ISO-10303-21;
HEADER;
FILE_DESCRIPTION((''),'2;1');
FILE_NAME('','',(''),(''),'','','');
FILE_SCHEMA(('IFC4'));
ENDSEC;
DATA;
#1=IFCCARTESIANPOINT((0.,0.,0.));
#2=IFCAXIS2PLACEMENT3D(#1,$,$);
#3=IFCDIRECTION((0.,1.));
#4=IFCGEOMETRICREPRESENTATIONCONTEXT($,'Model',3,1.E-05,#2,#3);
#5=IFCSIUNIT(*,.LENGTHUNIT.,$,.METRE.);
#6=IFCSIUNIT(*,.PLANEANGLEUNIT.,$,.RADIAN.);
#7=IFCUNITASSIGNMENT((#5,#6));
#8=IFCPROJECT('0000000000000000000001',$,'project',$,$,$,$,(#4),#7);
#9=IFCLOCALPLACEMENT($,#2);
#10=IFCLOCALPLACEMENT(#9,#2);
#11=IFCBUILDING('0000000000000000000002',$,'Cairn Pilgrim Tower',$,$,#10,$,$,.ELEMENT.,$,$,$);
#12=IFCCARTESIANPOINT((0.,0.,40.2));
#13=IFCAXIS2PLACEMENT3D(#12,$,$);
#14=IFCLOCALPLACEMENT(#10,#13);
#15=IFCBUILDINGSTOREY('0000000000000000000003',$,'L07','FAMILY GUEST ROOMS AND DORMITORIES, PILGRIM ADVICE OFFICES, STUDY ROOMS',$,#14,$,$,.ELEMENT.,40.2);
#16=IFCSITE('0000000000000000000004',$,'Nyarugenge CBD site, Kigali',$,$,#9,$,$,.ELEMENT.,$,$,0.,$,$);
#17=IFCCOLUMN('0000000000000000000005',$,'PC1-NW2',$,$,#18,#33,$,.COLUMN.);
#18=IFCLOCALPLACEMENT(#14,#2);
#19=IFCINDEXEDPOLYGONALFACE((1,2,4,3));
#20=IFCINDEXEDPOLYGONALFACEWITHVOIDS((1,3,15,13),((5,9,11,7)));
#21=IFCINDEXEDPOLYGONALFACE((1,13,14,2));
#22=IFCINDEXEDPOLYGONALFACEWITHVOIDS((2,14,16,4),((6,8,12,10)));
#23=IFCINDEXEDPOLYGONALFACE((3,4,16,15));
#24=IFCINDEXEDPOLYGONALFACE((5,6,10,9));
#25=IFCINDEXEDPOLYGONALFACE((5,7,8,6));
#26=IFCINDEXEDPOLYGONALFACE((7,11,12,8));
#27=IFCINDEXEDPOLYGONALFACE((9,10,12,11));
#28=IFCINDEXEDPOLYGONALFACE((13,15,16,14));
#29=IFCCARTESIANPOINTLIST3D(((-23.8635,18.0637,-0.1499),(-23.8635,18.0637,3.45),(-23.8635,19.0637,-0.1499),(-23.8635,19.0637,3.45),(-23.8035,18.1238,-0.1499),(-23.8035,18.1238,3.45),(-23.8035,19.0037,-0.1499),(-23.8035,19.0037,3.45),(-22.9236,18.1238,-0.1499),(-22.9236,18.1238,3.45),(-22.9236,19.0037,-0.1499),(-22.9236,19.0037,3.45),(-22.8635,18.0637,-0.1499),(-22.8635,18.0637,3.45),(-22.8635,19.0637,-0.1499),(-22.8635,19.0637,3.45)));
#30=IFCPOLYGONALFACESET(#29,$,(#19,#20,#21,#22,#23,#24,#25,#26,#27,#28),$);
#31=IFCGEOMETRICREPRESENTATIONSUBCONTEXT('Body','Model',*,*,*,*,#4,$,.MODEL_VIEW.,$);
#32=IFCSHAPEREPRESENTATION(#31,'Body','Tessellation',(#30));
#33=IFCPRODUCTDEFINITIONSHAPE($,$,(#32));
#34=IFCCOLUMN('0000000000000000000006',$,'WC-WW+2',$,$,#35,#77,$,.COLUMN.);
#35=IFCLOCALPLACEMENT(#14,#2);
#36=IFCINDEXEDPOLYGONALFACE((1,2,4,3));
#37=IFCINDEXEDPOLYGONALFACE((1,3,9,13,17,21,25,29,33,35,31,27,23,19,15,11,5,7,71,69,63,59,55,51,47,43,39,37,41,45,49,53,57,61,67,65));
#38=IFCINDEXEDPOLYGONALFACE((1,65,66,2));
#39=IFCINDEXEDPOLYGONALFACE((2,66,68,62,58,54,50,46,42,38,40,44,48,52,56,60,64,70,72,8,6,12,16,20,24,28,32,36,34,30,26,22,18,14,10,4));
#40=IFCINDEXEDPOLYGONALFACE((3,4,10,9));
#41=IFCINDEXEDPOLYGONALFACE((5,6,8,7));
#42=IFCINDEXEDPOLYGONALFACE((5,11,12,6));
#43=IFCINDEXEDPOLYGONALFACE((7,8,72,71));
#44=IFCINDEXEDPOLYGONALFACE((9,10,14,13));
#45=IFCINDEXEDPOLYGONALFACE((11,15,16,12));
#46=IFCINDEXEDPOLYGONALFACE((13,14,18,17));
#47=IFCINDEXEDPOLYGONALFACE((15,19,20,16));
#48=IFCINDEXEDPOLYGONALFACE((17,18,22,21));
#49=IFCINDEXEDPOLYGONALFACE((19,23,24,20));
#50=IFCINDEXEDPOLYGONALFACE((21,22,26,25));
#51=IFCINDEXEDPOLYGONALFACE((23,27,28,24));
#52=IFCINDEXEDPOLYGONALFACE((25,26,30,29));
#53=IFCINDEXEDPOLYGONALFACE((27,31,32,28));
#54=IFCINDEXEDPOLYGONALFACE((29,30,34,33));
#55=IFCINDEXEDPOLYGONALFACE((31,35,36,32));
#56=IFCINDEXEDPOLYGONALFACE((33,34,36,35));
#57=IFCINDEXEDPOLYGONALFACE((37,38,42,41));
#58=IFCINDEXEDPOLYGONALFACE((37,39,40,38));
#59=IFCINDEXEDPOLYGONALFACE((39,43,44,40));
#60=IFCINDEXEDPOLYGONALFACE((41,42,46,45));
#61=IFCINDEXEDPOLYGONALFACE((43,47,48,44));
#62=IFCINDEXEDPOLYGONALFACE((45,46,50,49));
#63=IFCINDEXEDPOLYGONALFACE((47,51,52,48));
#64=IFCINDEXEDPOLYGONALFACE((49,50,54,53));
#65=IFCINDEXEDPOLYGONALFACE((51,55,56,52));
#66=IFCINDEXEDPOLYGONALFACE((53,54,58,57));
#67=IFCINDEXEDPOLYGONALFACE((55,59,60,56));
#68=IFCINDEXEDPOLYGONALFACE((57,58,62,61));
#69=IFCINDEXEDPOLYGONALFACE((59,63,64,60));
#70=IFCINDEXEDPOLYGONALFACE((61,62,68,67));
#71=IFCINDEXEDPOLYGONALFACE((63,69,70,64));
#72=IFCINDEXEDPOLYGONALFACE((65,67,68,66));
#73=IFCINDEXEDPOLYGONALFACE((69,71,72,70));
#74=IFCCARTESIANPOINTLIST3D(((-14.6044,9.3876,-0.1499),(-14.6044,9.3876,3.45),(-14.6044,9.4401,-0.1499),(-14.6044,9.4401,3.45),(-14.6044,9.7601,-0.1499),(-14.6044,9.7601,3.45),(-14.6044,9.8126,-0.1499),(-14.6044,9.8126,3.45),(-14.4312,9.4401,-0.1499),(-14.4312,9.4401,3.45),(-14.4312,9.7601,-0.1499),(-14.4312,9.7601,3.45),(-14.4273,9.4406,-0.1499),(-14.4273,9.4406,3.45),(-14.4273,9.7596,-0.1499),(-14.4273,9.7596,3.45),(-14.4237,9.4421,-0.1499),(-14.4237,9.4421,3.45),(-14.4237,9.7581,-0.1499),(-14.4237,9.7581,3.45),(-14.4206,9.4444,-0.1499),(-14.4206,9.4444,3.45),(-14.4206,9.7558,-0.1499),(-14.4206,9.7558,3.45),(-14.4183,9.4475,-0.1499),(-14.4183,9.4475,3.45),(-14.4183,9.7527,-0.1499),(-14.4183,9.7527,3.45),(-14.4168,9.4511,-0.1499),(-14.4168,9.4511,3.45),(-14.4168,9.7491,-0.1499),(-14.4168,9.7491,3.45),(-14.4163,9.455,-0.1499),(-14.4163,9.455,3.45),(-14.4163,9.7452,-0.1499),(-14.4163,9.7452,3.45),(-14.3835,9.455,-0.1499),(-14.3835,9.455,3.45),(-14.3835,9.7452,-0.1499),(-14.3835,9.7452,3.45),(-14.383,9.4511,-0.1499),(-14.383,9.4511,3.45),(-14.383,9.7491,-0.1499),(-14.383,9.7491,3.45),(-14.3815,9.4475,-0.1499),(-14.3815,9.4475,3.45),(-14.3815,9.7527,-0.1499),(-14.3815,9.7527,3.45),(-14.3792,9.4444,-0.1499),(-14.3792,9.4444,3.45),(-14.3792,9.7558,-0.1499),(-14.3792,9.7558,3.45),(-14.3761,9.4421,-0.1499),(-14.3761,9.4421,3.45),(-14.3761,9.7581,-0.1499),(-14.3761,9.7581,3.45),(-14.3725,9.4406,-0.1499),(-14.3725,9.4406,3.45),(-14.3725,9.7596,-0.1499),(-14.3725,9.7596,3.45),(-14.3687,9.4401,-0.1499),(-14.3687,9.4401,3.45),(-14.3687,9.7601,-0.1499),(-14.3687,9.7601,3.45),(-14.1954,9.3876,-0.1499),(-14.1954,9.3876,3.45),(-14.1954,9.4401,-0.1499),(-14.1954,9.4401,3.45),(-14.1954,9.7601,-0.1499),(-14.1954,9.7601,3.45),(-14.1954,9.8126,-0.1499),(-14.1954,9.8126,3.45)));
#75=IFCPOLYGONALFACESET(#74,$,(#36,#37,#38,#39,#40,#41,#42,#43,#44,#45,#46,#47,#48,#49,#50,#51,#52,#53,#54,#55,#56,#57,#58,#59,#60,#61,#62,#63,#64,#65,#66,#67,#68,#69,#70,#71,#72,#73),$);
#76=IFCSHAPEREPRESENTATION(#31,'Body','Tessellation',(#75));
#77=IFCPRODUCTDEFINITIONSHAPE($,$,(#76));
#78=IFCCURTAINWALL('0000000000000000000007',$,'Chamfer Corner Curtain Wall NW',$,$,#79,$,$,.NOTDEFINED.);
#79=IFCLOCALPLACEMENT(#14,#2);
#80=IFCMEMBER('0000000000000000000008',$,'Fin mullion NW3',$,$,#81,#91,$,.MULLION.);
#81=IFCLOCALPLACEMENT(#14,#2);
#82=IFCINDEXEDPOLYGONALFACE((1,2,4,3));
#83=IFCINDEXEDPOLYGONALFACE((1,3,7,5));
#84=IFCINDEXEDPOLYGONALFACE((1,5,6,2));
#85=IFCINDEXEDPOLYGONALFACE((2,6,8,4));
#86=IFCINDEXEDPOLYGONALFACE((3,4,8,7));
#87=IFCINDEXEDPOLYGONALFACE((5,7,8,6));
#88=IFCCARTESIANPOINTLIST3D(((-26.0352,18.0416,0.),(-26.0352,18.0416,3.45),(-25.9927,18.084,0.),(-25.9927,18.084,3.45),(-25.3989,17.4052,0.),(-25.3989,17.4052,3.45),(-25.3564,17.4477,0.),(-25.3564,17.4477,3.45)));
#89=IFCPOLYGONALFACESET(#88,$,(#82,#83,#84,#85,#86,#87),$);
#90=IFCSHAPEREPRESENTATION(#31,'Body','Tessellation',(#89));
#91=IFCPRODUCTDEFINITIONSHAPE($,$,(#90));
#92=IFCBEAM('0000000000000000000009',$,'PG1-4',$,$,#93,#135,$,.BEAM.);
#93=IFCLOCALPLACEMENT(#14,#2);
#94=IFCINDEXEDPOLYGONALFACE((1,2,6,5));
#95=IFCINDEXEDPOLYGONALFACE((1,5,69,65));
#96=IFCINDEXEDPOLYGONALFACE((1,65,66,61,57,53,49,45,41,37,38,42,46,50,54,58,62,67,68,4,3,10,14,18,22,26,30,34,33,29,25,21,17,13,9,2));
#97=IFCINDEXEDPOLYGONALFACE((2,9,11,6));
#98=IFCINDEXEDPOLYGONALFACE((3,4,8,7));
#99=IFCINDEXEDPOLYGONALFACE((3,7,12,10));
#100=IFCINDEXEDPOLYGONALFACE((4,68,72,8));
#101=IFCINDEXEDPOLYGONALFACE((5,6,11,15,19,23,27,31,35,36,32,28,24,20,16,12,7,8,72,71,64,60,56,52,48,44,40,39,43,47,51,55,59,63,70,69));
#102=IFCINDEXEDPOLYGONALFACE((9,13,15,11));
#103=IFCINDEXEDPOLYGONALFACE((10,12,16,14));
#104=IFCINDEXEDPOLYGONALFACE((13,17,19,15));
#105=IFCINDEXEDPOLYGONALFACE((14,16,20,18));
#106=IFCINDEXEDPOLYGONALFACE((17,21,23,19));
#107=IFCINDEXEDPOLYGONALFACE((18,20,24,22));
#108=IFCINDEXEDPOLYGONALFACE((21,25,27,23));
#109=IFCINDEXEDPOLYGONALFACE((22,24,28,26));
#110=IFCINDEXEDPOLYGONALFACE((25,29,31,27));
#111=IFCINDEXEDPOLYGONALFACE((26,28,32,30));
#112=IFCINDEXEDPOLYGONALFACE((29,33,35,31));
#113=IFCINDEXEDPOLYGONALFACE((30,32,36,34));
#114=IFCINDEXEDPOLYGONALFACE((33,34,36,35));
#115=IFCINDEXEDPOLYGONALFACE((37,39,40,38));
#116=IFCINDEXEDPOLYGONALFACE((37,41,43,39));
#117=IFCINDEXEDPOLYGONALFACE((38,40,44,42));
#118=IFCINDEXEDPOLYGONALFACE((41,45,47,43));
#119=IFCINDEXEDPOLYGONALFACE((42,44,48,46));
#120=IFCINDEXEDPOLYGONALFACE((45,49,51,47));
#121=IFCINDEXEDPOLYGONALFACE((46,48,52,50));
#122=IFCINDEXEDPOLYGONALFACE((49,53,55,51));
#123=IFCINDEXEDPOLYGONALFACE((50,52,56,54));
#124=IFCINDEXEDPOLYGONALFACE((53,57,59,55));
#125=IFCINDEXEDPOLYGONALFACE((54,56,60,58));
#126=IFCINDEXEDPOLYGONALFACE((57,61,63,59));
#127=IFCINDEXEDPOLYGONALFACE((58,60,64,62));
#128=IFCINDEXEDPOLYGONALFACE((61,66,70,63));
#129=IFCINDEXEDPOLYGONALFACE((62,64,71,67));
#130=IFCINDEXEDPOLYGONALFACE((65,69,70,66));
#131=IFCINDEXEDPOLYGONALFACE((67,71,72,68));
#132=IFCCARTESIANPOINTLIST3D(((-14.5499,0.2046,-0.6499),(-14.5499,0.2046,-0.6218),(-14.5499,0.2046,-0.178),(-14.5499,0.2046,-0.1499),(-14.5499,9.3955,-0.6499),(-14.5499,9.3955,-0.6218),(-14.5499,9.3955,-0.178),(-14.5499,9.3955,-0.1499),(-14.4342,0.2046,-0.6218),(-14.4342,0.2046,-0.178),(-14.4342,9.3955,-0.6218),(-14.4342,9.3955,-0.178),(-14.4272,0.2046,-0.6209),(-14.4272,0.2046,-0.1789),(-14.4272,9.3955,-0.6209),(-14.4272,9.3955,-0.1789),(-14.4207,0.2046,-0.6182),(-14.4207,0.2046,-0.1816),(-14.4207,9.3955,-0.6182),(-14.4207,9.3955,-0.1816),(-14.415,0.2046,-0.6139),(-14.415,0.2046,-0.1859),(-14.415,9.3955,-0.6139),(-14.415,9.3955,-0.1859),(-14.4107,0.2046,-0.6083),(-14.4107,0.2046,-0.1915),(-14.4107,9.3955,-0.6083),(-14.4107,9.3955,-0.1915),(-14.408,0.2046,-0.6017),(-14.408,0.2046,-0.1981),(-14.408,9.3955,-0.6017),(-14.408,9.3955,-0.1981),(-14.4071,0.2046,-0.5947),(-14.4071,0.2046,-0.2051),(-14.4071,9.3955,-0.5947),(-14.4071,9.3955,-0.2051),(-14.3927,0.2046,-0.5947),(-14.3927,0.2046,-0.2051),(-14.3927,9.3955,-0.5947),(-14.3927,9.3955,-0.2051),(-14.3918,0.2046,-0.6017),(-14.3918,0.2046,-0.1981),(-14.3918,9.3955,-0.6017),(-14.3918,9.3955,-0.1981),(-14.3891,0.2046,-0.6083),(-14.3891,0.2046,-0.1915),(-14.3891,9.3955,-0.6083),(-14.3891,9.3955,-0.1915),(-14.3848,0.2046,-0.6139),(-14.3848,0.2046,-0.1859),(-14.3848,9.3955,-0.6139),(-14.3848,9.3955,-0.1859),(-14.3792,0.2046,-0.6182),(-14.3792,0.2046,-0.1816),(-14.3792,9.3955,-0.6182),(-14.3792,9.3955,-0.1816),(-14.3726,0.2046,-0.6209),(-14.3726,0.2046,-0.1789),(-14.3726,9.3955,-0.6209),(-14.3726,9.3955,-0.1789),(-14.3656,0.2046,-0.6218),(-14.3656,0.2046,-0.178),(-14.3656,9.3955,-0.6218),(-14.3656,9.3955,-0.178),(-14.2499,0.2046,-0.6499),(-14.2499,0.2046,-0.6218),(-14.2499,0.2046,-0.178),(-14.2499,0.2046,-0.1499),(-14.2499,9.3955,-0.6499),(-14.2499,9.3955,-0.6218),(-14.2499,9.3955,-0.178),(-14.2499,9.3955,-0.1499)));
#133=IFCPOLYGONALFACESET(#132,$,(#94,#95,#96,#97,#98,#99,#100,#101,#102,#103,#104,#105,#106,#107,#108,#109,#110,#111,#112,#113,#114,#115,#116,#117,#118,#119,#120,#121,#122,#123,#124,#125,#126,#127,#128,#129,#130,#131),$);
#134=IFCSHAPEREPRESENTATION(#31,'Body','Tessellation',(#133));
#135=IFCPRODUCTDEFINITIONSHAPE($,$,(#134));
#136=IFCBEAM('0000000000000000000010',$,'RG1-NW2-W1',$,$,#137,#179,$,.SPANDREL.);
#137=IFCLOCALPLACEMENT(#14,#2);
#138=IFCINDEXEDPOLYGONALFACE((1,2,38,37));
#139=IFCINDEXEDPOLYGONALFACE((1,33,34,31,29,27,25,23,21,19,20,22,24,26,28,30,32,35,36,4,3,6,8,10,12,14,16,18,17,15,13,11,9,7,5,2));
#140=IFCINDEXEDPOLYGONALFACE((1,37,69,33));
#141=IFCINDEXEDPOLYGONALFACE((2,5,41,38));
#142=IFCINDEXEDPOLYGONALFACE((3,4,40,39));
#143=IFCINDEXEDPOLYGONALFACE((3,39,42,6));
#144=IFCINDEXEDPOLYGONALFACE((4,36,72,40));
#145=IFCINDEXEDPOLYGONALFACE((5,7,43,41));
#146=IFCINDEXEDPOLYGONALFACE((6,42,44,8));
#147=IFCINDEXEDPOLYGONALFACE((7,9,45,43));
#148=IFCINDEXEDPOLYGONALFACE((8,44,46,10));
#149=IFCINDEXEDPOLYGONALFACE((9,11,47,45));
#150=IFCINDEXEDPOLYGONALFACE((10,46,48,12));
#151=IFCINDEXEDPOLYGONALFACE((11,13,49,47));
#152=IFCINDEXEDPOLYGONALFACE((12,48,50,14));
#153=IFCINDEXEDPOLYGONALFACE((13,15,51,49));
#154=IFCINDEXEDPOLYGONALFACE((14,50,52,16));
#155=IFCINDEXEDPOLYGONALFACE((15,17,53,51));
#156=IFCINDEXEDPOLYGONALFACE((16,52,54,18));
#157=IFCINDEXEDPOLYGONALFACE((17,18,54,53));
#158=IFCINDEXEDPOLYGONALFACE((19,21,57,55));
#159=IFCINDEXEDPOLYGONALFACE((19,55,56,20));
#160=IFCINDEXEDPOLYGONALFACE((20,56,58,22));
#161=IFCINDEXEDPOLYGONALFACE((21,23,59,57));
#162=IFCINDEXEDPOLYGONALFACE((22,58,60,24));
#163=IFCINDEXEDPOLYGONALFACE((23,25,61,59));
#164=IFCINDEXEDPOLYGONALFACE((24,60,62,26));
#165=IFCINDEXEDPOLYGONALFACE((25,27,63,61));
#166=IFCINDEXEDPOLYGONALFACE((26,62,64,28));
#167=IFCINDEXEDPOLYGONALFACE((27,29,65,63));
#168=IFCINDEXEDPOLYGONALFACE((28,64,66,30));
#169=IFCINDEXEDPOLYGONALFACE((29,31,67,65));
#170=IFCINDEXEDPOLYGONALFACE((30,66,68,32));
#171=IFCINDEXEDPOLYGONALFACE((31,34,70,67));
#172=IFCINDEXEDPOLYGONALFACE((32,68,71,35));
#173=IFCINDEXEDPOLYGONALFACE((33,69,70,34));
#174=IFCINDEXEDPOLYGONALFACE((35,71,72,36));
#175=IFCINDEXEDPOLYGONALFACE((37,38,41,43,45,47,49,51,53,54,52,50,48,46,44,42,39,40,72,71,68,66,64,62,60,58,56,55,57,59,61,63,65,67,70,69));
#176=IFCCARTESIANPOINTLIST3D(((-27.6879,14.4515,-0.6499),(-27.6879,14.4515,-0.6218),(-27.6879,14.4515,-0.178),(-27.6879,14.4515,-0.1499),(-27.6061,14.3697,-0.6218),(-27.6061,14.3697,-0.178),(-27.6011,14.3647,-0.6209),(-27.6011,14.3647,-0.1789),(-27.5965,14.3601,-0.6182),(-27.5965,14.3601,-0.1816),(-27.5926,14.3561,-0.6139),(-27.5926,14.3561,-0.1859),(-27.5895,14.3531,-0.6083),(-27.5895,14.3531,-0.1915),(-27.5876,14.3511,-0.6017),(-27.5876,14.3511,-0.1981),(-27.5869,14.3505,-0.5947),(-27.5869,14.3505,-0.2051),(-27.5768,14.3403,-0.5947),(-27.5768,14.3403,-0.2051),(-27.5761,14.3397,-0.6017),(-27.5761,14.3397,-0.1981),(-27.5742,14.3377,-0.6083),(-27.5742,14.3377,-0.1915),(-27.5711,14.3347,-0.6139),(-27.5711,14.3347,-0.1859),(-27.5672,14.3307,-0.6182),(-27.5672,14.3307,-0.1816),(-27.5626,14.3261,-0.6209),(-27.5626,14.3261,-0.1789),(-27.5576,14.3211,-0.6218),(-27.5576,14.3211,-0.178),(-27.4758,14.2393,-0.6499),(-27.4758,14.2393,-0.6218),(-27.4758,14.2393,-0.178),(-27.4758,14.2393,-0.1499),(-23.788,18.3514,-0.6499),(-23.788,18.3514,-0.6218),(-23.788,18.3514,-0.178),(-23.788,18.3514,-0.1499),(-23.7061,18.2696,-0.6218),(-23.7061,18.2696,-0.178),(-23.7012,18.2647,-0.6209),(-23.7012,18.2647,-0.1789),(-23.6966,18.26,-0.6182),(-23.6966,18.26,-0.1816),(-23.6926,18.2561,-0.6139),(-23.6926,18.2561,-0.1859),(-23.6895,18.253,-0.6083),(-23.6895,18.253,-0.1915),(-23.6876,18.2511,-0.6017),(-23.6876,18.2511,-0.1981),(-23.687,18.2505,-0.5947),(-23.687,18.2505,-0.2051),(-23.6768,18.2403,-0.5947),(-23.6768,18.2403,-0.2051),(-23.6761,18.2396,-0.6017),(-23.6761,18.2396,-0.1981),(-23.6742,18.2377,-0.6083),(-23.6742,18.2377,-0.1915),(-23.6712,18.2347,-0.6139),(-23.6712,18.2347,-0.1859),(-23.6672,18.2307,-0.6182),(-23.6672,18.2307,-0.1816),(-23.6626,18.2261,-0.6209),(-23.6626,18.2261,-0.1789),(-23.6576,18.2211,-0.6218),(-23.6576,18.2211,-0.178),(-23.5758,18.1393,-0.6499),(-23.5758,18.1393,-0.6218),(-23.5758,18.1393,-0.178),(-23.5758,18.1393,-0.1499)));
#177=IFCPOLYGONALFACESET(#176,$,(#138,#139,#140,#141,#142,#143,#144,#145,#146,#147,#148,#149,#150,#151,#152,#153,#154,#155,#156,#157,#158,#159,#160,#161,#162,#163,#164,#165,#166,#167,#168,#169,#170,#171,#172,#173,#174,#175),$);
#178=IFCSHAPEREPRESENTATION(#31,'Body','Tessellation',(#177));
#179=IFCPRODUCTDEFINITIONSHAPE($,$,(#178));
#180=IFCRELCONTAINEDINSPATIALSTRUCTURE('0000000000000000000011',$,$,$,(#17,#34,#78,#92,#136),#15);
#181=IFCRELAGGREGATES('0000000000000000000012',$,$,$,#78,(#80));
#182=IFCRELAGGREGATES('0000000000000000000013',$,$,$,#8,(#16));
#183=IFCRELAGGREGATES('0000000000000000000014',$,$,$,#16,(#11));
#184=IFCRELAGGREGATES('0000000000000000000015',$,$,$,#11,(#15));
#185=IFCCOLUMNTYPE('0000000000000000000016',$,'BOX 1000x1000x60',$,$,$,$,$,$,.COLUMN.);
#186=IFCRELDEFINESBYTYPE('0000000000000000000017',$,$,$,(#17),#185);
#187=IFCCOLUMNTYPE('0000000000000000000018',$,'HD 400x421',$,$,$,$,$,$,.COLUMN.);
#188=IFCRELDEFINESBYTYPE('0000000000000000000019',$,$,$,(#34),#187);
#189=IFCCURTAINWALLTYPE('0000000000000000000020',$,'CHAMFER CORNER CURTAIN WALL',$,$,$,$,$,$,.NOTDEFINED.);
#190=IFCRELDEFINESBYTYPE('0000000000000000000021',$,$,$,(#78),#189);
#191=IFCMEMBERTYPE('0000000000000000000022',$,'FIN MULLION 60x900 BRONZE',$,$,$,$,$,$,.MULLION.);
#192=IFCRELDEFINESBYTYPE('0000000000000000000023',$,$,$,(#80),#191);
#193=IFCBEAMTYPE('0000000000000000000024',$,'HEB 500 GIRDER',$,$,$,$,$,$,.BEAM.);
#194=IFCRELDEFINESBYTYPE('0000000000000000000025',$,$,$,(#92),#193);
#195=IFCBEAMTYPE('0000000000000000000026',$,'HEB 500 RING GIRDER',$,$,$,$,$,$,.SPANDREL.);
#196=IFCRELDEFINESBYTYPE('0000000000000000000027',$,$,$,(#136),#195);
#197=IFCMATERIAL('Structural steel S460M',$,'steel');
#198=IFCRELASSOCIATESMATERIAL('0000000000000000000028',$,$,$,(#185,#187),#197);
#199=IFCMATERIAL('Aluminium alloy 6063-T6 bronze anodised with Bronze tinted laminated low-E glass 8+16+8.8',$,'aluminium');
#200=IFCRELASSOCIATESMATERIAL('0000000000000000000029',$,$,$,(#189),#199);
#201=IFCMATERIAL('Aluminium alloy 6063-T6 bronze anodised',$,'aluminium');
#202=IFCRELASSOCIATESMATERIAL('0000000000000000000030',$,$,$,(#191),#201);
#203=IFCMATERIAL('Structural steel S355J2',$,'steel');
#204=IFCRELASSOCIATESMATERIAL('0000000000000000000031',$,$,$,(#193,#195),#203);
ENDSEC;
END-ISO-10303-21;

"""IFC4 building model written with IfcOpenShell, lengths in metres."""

from ifc_helpers import new_model, si_unit, direction, frame, origin, origin_2d, place, context, subcontext, project, spatial, rectangle, hollow_rectangle, i_section, extrude, material, material_profile, profile_set, type_object, element, aggregate, save


model = new_model("IFC4")

# Units and contexts
model_context = context("Model", 3, precision=1e-05, world=origin(), true_north=direction((0.0, 1.0)))
body_context = subcontext(model_context, "Body", "Model", "MODEL_VIEW")
ifc_project = project(units=[si_unit("LENGTHUNIT", "METRE"), si_unit("PLANEANGLEUNIT", "RADIAN")], contexts=[model_context])

# Site, building, storey
site_placement = place(None, origin())
site = spatial("IfcSite", under=ifc_project, at=site_placement, Name="Nyarugenge CBD site, Kigali", CompositionType="ELEMENT", RefElevation=0.0)
building_placement = place(site_placement, origin())
building = spatial("IfcBuilding", under=site, at=building_placement, Name="Cairn Pilgrim Tower", CompositionType="ELEMENT")
storey_placement = place(building_placement, frame((0.0, 0.0, 40.2)))
storey = spatial("IfcBuildingStorey", under=building, at=storey_placement, Name="L07", Description="FAMILY GUEST ROOMS AND DORMITORIES, PILGRIM ADVICE OFFICES, STUDY ROOMS", CompositionType="ELEMENT", Elevation=40.2)

# Columns
ifc_material_1 = material(Name="Structural steel S460M", Category="steel")
ifc_material_profile_1 = material_profile(ifc_material_1, hollow_rectangle(XDim=1.0, YDim=1.0, WallThickness=0.0601, at=origin_2d()), Name="BOX 1000x1000x60")
ifc_profile_set_1 = profile_set([ifc_material_profile_1], Name="Structural steel S460M")
column_type_1 = type_object("IfcColumnType", Name="BOX 1000x1000x60", PredefinedType="COLUMN", material=ifc_profile_set_1)
column_1_placement = place(storey_placement, frame((-23.3635, 18.5637, -0.1499), z_axis=(0.0, 0.0, 1.0), x_axis=(1.0, 0.0, 0.0)))
element("IfcColumn", 1, at=column_1_placement, inside=storey, type_object=column_type_1, Name="PC1-NW2", PredefinedType="COLUMN", context=body_context, shape_type="SweptSolid", body=[
    extrude(hollow_rectangle(XDim=1.0, YDim=1.0, WallThickness=0.0601, at=origin_2d()), origin(), (0.0, 0.0, 1.0), 3.5999),
])
ifc_material_profile_2 = material_profile(ifc_material_1, i_section(OverallWidth=0.4089, OverallDepth=0.425, WebThickness=0.0327, FlangeThickness=0.0525, FilletRadius=0.0149, at=origin_2d()), Name="HD 400x421")
ifc_profile_set_2 = profile_set([ifc_material_profile_2], Name="Structural steel S460M")
column_type_2 = type_object("IfcColumnType", Name="HD 400x421", PredefinedType="COLUMN", material=ifc_profile_set_2)
column_2_placement = place(storey_placement, frame((-14.3999, 9.6001, -0.1499), z_axis=(0.0, 0.0, 1.0), x_axis=(1.0, 0.0, 0.0)))
element("IfcColumn", 2, at=column_2_placement, inside=storey, type_object=column_type_2, Name="WC-WW+2", PredefinedType="COLUMN", context=body_context, shape_type="SweptSolid", body=[
    extrude(i_section(OverallWidth=0.4089, OverallDepth=0.425, WebThickness=0.0327, FlangeThickness=0.0525, FilletRadius=0.0149, at=origin_2d()), origin(), (0.0, 0.0, 1.0), 3.5999),
])

# Curtain wall, member
ifc_material_2 = material(Name="Aluminium alloy 6063-T6 bronze anodised with Bronze tinted laminated low-E glass 8+16+8.8", Category="aluminium")
curtain_wall_type = type_object("IfcCurtainWallType", Name="CHAMFER CORNER CURTAIN WALL", PredefinedType="NOTDEFINED", material=ifc_material_2)
curtain_wall_placement = place(storey_placement, origin())
curtain_wall = element("IfcCurtainWall", 3, at=curtain_wall_placement, inside=storey, type_object=curtain_wall_type, Name="Chamfer Corner Curtain Wall NW", PredefinedType="NOTDEFINED")
ifc_material_3 = material(Name="Aluminium alloy 6063-T6 bronze anodised", Category="aluminium")
ifc_material_profile_3 = material_profile(ifc_material_3, rectangle(XDim=0.8999, YDim=0.0601, at=origin_2d()), Name="FIN MULLION 60x900 BRONZE")
ifc_profile_set_3 = profile_set([ifc_material_profile_3], Name="Aluminium alloy 6063-T6 bronze anodised")
member_type_1 = type_object("IfcMemberType", Name="FIN MULLION 60x900 BRONZE", PredefinedType="MULLION", material=ifc_profile_set_3)
member_1_placement = place(storey_placement, frame((-25.6958, 17.7446, 0.0), z_axis=(0.0, 0.0, 1.0), x_axis=(-0.707107, 0.707107, 0.0)))
member_1 = element("IfcMember", 4, at=member_1_placement, type_object=member_type_1, Name="Fin mullion NW3", PredefinedType="MULLION", context=body_context, shape_type="SweptSolid", body=[
    extrude(rectangle(XDim=0.8999, YDim=0.0601, at=origin_2d()), origin(), (0.0, 0.0, 1.0), 3.45),
])

# Beams
ifc_material_4 = material(Name="Structural steel S355J2", Category="steel")
ifc_material_profile_4 = material_profile(ifc_material_4, i_section(OverallWidth=0.3, OverallDepth=0.5, WebThickness=0.0144, FlangeThickness=0.0281, FilletRadius=0.0271, at=origin_2d()), Name="HEB 500")
ifc_profile_set_4 = profile_set([ifc_material_profile_4], Name="Structural steel S355J2")
beam_type_1 = type_object("IfcBeamType", Name="HEB 500 GIRDER", PredefinedType="BEAM", material=ifc_profile_set_4)
beam_1_placement = place(storey_placement, frame((-14.3999, 0.2046, -0.3999), z_axis=(0.0, 1.0, 0.0), x_axis=(-1.0, 0.0, 0.0)))
element("IfcBeam", 5, at=beam_1_placement, inside=storey, type_object=beam_type_1, Name="PG1-4", PredefinedType="BEAM", context=body_context, shape_type="SweptSolid", body=[
    extrude(i_section(OverallWidth=0.3, OverallDepth=0.5, WebThickness=0.0144, FlangeThickness=0.0281, FilletRadius=0.0271, at=origin_2d()), origin(), (0.0, 0.0, 1.0), 9.1909),
])
ifc_material_profile_5 = material_profile(ifc_material_4, i_section(OverallWidth=0.3, OverallDepth=0.5, WebThickness=0.0144, FlangeThickness=0.0281, FilletRadius=0.0271, at=origin_2d()), Name="HEB 500")
ifc_profile_set_5 = profile_set([ifc_material_profile_5], Name="Structural steel S355J2")
beam_type_2 = type_object("IfcBeamType", Name="HEB 500 RING GIRDER", PredefinedType="SPANDREL", material=ifc_profile_set_5)
beam_2_placement = place(storey_placement, frame((-23.6819, 18.2454, -0.3999), z_axis=(-0.707107, -0.707107, 0.0), x_axis=(0.707107, -0.707107, 0.0)))
element("IfcBeam", 6, at=beam_2_placement, inside=storey, type_object=beam_type_2, Name="RG1-NW2-W1", PredefinedType="SPANDREL", context=body_context, shape_type="SweptSolid", body=[
    extrude(i_section(OverallWidth=0.3, OverallDepth=0.5, WebThickness=0.0144, FlangeThickness=0.0281, FilletRadius=0.0271, at=origin_2d()), origin(), (0.0, 0.0, 1.0), 5.5154),
])

aggregate(curtain_wall, [member_1])

save(model, "model.ifc")
